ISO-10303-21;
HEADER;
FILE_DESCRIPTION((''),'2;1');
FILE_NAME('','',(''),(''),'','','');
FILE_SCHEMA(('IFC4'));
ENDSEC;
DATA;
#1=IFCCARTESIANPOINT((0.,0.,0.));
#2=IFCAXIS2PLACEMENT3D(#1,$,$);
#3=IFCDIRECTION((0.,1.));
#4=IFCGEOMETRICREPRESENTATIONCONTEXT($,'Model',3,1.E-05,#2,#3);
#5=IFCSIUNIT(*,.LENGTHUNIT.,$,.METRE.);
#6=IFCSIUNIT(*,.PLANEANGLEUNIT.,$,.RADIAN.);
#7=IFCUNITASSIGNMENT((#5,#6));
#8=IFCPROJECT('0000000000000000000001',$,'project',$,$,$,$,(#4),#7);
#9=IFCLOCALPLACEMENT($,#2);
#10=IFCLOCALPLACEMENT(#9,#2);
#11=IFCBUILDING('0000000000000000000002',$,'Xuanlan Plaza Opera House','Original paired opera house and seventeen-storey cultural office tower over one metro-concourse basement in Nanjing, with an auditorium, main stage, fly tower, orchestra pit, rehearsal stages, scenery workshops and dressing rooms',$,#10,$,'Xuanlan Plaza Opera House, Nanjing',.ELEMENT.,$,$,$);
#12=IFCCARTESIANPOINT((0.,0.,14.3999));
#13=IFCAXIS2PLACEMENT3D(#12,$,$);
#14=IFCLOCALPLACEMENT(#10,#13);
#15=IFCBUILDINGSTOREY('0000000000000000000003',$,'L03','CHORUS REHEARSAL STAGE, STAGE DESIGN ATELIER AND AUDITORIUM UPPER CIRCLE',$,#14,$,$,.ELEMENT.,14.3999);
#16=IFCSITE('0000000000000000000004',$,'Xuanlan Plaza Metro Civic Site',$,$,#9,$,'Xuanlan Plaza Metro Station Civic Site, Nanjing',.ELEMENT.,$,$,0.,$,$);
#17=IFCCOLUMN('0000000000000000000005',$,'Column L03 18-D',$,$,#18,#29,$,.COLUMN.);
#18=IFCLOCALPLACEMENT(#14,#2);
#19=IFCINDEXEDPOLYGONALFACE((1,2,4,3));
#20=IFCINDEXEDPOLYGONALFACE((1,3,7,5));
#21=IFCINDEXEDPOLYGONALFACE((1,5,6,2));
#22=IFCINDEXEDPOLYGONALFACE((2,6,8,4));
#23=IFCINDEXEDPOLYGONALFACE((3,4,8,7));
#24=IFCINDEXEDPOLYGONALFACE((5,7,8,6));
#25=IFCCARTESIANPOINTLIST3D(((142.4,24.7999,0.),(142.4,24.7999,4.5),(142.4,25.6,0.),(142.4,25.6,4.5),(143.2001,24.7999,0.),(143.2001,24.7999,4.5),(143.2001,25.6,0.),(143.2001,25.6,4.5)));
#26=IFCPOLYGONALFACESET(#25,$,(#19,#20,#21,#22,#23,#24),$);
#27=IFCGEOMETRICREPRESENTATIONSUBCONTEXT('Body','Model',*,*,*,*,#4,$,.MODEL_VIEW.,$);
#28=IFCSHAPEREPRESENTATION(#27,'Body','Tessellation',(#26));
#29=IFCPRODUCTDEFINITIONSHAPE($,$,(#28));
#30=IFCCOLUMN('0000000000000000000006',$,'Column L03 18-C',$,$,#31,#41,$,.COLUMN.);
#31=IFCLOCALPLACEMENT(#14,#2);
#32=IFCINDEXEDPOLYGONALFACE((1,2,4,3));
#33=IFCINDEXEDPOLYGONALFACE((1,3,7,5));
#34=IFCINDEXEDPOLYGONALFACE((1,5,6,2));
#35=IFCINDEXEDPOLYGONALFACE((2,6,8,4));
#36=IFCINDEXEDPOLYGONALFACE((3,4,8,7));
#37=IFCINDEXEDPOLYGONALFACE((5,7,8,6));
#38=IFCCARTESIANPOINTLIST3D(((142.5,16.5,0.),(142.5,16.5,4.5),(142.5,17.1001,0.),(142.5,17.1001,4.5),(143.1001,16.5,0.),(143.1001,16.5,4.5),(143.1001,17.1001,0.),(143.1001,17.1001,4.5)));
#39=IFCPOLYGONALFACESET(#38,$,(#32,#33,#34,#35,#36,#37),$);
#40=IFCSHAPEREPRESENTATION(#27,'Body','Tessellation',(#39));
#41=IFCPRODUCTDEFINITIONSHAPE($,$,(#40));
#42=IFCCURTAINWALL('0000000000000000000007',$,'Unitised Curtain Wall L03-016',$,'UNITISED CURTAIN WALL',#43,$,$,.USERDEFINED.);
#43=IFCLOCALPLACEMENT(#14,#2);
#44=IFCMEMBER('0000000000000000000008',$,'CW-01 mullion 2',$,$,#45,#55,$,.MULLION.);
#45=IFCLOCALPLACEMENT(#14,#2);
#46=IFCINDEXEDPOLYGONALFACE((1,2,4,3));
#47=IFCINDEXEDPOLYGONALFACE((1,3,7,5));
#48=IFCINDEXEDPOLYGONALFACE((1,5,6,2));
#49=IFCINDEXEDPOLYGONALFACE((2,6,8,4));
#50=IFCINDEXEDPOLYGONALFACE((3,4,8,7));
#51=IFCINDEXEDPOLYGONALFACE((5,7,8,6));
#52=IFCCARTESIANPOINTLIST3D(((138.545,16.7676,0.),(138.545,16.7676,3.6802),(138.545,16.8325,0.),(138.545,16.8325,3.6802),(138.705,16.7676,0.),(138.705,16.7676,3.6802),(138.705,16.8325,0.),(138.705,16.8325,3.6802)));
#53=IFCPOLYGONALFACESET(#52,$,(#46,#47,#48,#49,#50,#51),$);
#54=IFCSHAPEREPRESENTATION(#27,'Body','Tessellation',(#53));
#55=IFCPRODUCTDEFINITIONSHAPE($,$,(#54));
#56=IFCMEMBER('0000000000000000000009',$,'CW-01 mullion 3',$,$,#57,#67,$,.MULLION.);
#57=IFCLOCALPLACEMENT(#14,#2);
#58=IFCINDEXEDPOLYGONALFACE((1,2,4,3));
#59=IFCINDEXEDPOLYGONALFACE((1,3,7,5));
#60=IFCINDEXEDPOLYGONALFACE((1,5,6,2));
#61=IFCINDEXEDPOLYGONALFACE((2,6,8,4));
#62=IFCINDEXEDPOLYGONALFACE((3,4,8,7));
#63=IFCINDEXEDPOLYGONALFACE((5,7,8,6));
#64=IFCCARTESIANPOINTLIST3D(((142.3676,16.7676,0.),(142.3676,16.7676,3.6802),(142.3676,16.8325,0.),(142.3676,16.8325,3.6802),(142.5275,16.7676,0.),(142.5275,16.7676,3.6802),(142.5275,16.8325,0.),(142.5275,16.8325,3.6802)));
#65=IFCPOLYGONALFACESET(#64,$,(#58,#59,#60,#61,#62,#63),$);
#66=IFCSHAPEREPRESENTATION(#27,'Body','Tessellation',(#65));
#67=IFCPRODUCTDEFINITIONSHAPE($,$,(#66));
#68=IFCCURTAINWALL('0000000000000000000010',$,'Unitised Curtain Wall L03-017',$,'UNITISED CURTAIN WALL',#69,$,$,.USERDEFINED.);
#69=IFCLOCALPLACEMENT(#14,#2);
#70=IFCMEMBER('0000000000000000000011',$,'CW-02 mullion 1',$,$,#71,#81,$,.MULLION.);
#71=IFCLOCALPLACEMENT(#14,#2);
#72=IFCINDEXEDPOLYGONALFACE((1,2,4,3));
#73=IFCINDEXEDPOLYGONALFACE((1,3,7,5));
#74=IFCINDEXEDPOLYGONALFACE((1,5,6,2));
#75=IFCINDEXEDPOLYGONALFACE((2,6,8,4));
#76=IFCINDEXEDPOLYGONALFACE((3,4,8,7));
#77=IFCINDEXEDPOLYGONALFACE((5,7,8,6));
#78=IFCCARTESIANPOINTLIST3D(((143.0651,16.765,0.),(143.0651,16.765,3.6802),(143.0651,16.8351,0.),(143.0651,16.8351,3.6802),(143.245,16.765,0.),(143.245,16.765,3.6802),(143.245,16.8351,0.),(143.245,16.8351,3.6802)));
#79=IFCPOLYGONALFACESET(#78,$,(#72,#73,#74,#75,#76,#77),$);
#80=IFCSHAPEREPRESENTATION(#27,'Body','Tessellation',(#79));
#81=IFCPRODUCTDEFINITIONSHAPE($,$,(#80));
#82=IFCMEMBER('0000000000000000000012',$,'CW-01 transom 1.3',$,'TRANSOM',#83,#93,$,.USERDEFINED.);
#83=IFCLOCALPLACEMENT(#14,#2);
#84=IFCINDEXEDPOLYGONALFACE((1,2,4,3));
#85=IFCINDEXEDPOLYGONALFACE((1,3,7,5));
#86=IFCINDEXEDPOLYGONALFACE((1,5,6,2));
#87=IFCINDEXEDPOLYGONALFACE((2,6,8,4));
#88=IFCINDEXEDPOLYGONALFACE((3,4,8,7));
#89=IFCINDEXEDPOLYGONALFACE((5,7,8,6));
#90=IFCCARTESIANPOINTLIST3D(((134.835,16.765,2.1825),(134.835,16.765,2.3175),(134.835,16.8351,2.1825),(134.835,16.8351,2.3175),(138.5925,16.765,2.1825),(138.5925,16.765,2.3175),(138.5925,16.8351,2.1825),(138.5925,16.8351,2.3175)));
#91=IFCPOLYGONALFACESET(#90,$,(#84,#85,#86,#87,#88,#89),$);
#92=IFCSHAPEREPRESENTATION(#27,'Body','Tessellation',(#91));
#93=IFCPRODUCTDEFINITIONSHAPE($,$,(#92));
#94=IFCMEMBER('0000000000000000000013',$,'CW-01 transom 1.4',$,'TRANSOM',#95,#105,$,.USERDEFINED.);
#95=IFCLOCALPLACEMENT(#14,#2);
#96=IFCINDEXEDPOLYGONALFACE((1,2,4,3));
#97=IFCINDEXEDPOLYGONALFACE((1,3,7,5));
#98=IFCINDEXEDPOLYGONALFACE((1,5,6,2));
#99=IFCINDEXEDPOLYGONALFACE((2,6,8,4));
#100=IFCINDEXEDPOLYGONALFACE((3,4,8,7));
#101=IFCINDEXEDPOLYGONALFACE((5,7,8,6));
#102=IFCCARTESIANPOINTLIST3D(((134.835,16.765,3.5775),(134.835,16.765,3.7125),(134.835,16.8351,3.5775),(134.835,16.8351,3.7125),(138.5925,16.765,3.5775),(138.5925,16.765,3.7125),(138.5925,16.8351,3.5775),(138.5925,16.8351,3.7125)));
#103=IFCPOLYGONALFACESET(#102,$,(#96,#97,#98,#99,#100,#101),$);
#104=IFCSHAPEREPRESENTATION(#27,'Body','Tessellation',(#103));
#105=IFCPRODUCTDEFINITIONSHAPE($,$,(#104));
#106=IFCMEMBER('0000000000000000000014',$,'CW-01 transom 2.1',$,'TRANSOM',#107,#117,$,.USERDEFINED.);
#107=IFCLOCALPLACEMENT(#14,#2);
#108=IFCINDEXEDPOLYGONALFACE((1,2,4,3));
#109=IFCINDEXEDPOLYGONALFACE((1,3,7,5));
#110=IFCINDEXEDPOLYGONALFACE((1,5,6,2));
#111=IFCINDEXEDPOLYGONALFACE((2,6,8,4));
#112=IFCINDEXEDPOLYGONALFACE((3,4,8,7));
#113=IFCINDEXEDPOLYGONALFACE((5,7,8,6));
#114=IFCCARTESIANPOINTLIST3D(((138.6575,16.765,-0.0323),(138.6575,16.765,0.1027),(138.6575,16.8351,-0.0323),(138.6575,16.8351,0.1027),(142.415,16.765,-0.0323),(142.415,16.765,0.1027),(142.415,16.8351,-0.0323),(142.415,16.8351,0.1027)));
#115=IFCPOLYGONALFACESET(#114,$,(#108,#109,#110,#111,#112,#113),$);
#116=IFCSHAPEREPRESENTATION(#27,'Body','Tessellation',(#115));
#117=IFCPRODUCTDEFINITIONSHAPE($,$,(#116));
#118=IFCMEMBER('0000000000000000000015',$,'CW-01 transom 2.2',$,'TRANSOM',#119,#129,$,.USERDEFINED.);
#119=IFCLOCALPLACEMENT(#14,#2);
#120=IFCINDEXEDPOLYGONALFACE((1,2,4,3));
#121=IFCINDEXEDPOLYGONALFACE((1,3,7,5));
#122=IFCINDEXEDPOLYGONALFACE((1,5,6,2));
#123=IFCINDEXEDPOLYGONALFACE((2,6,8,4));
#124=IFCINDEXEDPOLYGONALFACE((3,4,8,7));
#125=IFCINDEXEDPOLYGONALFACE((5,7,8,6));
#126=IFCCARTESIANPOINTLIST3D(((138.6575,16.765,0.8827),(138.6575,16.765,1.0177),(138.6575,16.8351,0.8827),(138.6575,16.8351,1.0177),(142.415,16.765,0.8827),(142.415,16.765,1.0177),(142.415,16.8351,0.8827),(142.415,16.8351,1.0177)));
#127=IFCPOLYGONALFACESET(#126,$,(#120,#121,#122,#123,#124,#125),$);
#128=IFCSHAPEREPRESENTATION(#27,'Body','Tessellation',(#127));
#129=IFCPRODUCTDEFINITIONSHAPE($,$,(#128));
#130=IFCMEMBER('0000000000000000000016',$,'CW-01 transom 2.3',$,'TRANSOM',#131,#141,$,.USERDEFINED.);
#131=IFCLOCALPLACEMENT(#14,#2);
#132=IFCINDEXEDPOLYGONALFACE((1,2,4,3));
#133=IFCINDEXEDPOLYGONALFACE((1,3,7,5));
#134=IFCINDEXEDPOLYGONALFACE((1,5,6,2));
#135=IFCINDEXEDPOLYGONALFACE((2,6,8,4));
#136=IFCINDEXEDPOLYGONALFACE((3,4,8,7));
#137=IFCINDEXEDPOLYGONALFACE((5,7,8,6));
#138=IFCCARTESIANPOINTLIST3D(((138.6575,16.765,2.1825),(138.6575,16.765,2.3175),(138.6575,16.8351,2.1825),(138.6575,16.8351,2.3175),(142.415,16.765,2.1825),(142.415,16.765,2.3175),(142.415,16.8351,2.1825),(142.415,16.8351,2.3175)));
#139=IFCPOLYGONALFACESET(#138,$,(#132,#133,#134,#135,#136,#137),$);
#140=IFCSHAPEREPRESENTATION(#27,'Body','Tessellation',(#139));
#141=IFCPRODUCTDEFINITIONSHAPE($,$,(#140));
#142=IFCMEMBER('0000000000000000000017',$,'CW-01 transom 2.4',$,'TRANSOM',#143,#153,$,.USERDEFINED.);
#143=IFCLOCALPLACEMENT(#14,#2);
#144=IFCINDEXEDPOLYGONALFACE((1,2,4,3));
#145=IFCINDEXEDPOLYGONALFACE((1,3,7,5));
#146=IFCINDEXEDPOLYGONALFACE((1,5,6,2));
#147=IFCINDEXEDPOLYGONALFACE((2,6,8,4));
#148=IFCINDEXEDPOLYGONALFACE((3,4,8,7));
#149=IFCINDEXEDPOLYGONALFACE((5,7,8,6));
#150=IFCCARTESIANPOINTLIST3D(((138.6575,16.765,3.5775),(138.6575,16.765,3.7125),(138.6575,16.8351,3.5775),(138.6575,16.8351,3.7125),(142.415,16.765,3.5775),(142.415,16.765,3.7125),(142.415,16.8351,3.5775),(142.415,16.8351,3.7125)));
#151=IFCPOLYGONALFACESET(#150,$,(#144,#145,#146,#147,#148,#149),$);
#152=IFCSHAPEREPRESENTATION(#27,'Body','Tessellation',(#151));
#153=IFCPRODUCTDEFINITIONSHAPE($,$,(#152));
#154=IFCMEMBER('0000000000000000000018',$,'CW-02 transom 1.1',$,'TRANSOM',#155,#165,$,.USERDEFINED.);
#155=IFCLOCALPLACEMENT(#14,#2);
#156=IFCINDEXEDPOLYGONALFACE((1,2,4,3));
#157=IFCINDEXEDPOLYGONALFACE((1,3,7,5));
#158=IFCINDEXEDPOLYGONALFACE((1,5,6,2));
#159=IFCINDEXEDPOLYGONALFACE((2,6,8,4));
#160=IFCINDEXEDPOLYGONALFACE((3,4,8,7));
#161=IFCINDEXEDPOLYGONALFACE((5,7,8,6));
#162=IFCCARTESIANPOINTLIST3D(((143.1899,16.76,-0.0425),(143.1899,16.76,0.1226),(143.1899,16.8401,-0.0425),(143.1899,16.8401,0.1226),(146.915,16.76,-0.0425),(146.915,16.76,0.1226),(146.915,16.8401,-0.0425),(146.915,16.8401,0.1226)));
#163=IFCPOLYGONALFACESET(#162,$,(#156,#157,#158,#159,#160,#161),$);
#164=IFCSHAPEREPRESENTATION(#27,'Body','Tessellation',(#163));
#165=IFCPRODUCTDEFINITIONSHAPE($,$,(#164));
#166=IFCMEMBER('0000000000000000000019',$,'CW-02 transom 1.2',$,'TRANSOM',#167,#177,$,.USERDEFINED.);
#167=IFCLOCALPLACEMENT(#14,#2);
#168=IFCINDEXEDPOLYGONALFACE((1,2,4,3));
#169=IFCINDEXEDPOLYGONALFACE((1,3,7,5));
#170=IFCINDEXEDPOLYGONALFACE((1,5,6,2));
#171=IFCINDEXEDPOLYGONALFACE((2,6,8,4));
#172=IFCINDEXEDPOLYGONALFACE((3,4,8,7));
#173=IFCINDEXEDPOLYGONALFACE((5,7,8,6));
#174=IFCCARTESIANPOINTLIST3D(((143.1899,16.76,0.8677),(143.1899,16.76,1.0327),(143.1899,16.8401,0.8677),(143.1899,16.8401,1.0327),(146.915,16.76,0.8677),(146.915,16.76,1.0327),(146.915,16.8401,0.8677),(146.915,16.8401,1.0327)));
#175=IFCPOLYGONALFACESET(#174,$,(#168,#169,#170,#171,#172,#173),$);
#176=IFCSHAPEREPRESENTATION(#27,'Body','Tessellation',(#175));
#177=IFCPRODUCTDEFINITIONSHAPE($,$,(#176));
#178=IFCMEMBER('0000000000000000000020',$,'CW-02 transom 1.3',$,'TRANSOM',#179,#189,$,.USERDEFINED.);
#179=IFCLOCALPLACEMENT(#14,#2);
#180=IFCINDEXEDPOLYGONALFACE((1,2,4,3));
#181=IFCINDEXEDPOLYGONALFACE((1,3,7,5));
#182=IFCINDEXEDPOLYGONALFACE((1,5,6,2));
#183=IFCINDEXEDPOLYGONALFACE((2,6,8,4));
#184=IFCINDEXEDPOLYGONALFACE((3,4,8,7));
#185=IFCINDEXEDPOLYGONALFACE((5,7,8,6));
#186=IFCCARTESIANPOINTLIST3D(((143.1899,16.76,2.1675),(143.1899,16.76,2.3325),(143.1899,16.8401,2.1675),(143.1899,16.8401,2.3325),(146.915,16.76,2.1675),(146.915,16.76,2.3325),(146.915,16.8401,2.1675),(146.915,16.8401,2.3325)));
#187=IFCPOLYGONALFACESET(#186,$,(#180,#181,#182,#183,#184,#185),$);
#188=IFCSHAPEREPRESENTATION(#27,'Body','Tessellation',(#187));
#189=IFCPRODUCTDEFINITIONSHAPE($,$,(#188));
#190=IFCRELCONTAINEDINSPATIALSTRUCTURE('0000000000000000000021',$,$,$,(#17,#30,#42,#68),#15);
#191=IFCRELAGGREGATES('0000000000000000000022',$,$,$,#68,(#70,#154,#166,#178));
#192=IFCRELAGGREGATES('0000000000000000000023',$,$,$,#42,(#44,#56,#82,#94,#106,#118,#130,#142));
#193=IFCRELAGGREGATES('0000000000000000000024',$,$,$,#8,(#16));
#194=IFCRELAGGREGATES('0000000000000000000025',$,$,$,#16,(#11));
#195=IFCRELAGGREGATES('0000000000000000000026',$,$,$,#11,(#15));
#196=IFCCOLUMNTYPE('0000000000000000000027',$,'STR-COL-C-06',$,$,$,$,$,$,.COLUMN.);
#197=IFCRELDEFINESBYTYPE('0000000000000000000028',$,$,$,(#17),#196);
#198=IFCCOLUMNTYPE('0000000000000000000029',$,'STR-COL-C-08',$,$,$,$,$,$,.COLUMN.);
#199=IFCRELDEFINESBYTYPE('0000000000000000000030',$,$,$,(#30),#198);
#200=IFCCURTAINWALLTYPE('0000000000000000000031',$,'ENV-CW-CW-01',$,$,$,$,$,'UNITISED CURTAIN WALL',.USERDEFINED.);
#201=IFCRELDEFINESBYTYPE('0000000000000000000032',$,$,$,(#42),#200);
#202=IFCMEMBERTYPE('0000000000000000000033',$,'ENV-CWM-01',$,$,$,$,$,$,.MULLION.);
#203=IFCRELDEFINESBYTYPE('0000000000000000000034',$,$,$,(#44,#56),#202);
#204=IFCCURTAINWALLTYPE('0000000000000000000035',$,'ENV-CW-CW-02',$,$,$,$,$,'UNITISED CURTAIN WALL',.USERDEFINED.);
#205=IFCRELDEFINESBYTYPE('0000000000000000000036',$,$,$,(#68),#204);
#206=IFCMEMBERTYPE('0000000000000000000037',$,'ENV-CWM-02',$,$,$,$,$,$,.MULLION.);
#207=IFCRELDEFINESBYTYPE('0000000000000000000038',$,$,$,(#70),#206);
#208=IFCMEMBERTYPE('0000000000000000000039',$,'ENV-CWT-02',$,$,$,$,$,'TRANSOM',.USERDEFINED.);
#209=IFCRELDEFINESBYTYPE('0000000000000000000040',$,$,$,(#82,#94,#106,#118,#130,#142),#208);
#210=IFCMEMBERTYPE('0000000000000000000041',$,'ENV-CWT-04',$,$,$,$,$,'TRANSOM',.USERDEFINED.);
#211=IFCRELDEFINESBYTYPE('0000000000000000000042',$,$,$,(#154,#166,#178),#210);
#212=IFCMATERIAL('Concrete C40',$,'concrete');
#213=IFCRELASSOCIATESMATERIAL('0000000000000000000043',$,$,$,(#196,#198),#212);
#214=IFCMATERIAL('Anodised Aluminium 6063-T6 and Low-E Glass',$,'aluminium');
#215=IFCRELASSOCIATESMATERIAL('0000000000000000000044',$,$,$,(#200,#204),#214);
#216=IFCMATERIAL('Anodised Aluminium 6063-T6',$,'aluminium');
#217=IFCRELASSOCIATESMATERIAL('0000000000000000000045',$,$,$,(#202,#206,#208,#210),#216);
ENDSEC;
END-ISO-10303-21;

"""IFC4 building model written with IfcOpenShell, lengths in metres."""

from ifc_helpers import new_model, si_unit, direction, frame, origin, origin_2d, place, context, subcontext, project, spatial, rectangle, extrude, material, material_profile, profile_set, type_object, element, aggregate, save


model = new_model("IFC4")

# Units and contexts
model_context = context("Model", 3, precision=1e-05, world=origin(), true_north=direction((0.0, 1.0)))
body_context = subcontext(model_context, "Body", "Model", "MODEL_VIEW")
ifc_project = project(units=[si_unit("LENGTHUNIT", "METRE"), si_unit("PLANEANGLEUNIT", "RADIAN")], contexts=[model_context])

# Site, building, storey
site_placement = place(None, origin())
site = spatial("IfcSite", under=ifc_project, at=site_placement, Name="Xuanlan Plaza Metro Civic Site", LongName="Xuanlan Plaza Metro Station Civic Site, Nanjing", CompositionType="ELEMENT", RefElevation=0.0)
building_placement = place(site_placement, origin())
building = spatial("IfcBuilding", under=site, at=building_placement, Name="Xuanlan Plaza Opera House", Description="Original paired opera house and seventeen-storey cultural office tower over one metro-concourse basement in Nanjing, with an auditorium, main stage, fly tower, orchestra pit, rehearsal stages, scenery workshops and dressing rooms", LongName="Xuanlan Plaza Opera House, Nanjing", CompositionType="ELEMENT")
storey_placement = place(building_placement, frame((0.0, 0.0, 14.3999)))
storey = spatial("IfcBuildingStorey", under=building, at=storey_placement, Name="L03", Description="CHORUS REHEARSAL STAGE, STAGE DESIGN ATELIER AND AUDITORIUM UPPER CIRCLE", CompositionType="ELEMENT", Elevation=14.3999)

# Columns
ifc_material_1 = material(Name="Concrete C40", Category="concrete")
ifc_material_profile_1 = material_profile(ifc_material_1, rectangle(XDim=0.8, YDim=0.8, at=origin_2d()), Name="RC-COL 800x800")
ifc_profile_set_1 = profile_set([ifc_material_profile_1], Name="Concrete C40")
column_type_1 = type_object("IfcColumnType", Name="STR-COL-C-06", PredefinedType="COLUMN", material=ifc_profile_set_1)
column_1_placement = place(storey_placement, frame((142.8, 25.2, 0.0), z_axis=(0.0, 0.0, 1.0), x_axis=(1.0, 0.0, 0.0)))
element("IfcColumn", 1, at=column_1_placement, inside=storey, type_object=column_type_1, Name="Column L03 18-D", PredefinedType="COLUMN", context=body_context, shape_type="SweptSolid", body=[
    extrude(rectangle(XDim=0.8, YDim=0.8, at=origin_2d()), origin(), (0.0, 0.0, 1.0), 4.5),
])
ifc_material_profile_2 = material_profile(ifc_material_1, rectangle(XDim=0.6001, YDim=0.6001, at=origin_2d()), Name="RC-COL 600x600")
ifc_profile_set_2 = profile_set([ifc_material_profile_2], Name="Concrete C40")
column_type_2 = type_object("IfcColumnType", Name="STR-COL-C-08", PredefinedType="COLUMN", material=ifc_profile_set_2)
column_2_placement = place(storey_placement, frame((142.8, 16.8, 0.0), z_axis=(0.0, 0.0, 1.0), x_axis=(1.0, 0.0, 0.0)))
element("IfcColumn", 2, at=column_2_placement, inside=storey, type_object=column_type_2, Name="Column L03 18-C", PredefinedType="COLUMN", context=body_context, shape_type="SweptSolid", body=[
    extrude(rectangle(XDim=0.6001, YDim=0.6001, at=origin_2d()), origin(), (0.0, 0.0, 1.0), 4.5),
])

# Curtain wall, members
ifc_material_2 = material(Name="Anodised Aluminium 6063-T6 and Low-E Glass", Category="aluminium")
curtain_wall_type_1 = type_object("IfcCurtainWallType", Name="ENV-CW-CW-01", ElementType="UNITISED CURTAIN WALL", PredefinedType="USERDEFINED", material=ifc_material_2)
curtain_wall_1_placement = place(storey_placement, origin())
curtain_wall_1 = element("IfcCurtainWall", 3, at=curtain_wall_1_placement, inside=storey, type_object=curtain_wall_type_1, Name="Unitised Curtain Wall L03-016", ObjectType="UNITISED CURTAIN WALL", PredefinedType="USERDEFINED")
ifc_material_3 = material(Name="Anodised Aluminium 6063-T6", Category="aluminium")
ifc_material_profile_3 = material_profile(ifc_material_3, rectangle(XDim=0.0649, YDim=0.1599, at=origin_2d()), Name="ALU-M 65x160")
ifc_profile_set_3 = profile_set([ifc_material_profile_3], Name="Anodised Aluminium 6063-T6")
member_type_1 = type_object("IfcMemberType", Name="ENV-CWM-01", PredefinedType="MULLION", material=ifc_profile_set_3)
member_1_placement = place(storey_placement, frame((138.625, 16.8, 0.0), z_axis=(0.0, 0.0, 1.0), x_axis=(0.0, 1.0, 0.0)))
member_1 = element("IfcMember", 4, at=member_1_placement, type_object=member_type_1, Name="CW-01 mullion 2", PredefinedType="MULLION", context=body_context, shape_type="SweptSolid", body=[
    extrude(rectangle(XDim=0.0649, YDim=0.1599, at=origin_2d()), origin(), (0.0, 0.0, 1.0), 3.6802),
])
member_2_placement = place(storey_placement, frame((142.4475, 16.8, 0.0), z_axis=(0.0, 0.0, 1.0), x_axis=(0.0, 1.0, 0.0)))
member_2 = element("IfcMember", 5, at=member_2_placement, type_object=member_type_1, Name="CW-01 mullion 3", PredefinedType="MULLION", context=body_context, shape_type="SweptSolid", body=[
    extrude(rectangle(XDim=0.0649, YDim=0.1599, at=origin_2d()), origin(), (0.0, 0.0, 1.0), 3.6802),
])

# Curtain wall, member
curtain_wall_type_2 = type_object("IfcCurtainWallType", Name="ENV-CW-CW-02", ElementType="UNITISED CURTAIN WALL", PredefinedType="USERDEFINED", material=ifc_material_2)
curtain_wall_2_placement = place(storey_placement, origin())
curtain_wall_2 = element("IfcCurtainWall", 6, at=curtain_wall_2_placement, inside=storey, type_object=curtain_wall_type_2, Name="Unitised Curtain Wall L03-017", ObjectType="UNITISED CURTAIN WALL", PredefinedType="USERDEFINED")
ifc_material_profile_4 = material_profile(ifc_material_3, rectangle(XDim=0.0701, YDim=0.1799, at=origin_2d()), Name="ALU-M 70x180")
ifc_profile_set_4 = profile_set([ifc_material_profile_4], Name="Anodised Aluminium 6063-T6")
member_type_2 = type_object("IfcMemberType", Name="ENV-CWM-02", PredefinedType="MULLION", material=ifc_profile_set_4)
member_3_placement = place(storey_placement, frame((143.155, 16.8, 0.0), z_axis=(0.0, 0.0, 1.0), x_axis=(0.0, 1.0, 0.0)))
member_3 = element("IfcMember", 7, at=member_3_placement, type_object=member_type_2, Name="CW-02 mullion 1", PredefinedType="MULLION", context=body_context, shape_type="SweptSolid", body=[
    extrude(rectangle(XDim=0.0701, YDim=0.1799, at=origin_2d()), origin(), (0.0, 0.0, 1.0), 3.6802),
])

# Members
ifc_material_profile_5 = material_profile(ifc_material_3, rectangle(XDim=0.0701, YDim=0.135, at=origin_2d()), Name="ALU-T 70x135")
ifc_profile_set_5 = profile_set([ifc_material_profile_5], Name="Anodised Aluminium 6063-T6")
member_type_3 = type_object("IfcMemberType", Name="ENV-CWT-02", ElementType="TRANSOM", PredefinedType="USERDEFINED", material=ifc_profile_set_5)
member_4_placement = place(storey_placement, frame((134.835, 16.8, 2.25), z_axis=(1.0, 0.0, 0.0), x_axis=(0.0, 1.0, 0.0)))
member_4 = element("IfcMember", 8, at=member_4_placement, type_object=member_type_3, Name="CW-01 transom 1.3", ObjectType="TRANSOM", PredefinedType="USERDEFINED", context=body_context, shape_type="SweptSolid", body=[
    extrude(rectangle(XDim=0.0701, YDim=0.135, at=origin_2d()), origin(), (0.0, 0.0, 1.0), 3.7576),
])
member_5_placement = place(storey_placement, frame((134.835, 16.8, 3.645), z_axis=(1.0, 0.0, 0.0), x_axis=(0.0, 1.0, 0.0)))
member_5 = element("IfcMember", 9, at=member_5_placement, type_object=member_type_3, Name="CW-01 transom 1.4", ObjectType="TRANSOM", PredefinedType="USERDEFINED", context=body_context, shape_type="SweptSolid", body=[
    extrude(rectangle(XDim=0.0701, YDim=0.135, at=origin_2d()), origin(), (0.0, 0.0, 1.0), 3.7576),
])
member_6_placement = place(storey_placement, frame((138.6575, 16.8, 0.0352), z_axis=(1.0, 0.0, 0.0), x_axis=(0.0, 1.0, 0.0)))
member_6 = element("IfcMember", 10, at=member_6_placement, type_object=member_type_3, Name="CW-01 transom 2.1", ObjectType="TRANSOM", PredefinedType="USERDEFINED", context=body_context, shape_type="SweptSolid", body=[
    extrude(rectangle(XDim=0.0701, YDim=0.135, at=origin_2d()), origin(), (0.0, 0.0, 1.0), 3.7576),
])
member_7_placement = place(storey_placement, frame((138.6575, 16.8, 0.9502), z_axis=(1.0, 0.0, 0.0), x_axis=(0.0, 1.0, 0.0)))
member_7 = element("IfcMember", 11, at=member_7_placement, type_object=member_type_3, Name="CW-01 transom 2.2", ObjectType="TRANSOM", PredefinedType="USERDEFINED", context=body_context, shape_type="SweptSolid", body=[
    extrude(rectangle(XDim=0.0701, YDim=0.135, at=origin_2d()), origin(), (0.0, 0.0, 1.0), 3.7576),
])
member_8_placement = place(storey_placement, frame((138.6575, 16.8, 2.25), z_axis=(1.0, 0.0, 0.0), x_axis=(0.0, 1.0, 0.0)))
member_8 = element("IfcMember", 12, at=member_8_placement, type_object=member_type_3, Name="CW-01 transom 2.3", ObjectType="TRANSOM", PredefinedType="USERDEFINED", context=body_context, shape_type="SweptSolid", body=[
    extrude(rectangle(XDim=0.0701, YDim=0.135, at=origin_2d()), origin(), (0.0, 0.0, 1.0), 3.7576),
])
member_9_placement = place(storey_placement, frame((138.6575, 16.8, 3.645), z_axis=(1.0, 0.0, 0.0), x_axis=(0.0, 1.0, 0.0)))
member_9 = element("IfcMember", 13, at=member_9_placement, type_object=member_type_3, Name="CW-01 transom 2.4", ObjectType="TRANSOM", PredefinedType="USERDEFINED", context=body_context, shape_type="SweptSolid", body=[
    extrude(rectangle(XDim=0.0701, YDim=0.135, at=origin_2d()), origin(), (0.0, 0.0, 1.0), 3.7576),
])
ifc_material_profile_6 = material_profile(ifc_material_3, rectangle(XDim=0.0801, YDim=0.165, at=origin_2d()), Name="ALU-T 80x165")
ifc_profile_set_6 = profile_set([ifc_material_profile_6], Name="Anodised Aluminium 6063-T6")
member_type_4 = type_object("IfcMemberType", Name="ENV-CWT-04", ElementType="TRANSOM", PredefinedType="USERDEFINED", material=ifc_profile_set_6)
member_10_placement = place(storey_placement, frame((143.1899, 16.8, 0.04), z_axis=(1.0, 0.0, 0.0), x_axis=(0.0, 1.0, 0.0)))
member_10 = element("IfcMember", 14, at=member_10_placement, type_object=member_type_4, Name="CW-02 transom 1.1", ObjectType="TRANSOM", PredefinedType="USERDEFINED", context=body_context, shape_type="SweptSolid", body=[
    extrude(rectangle(XDim=0.0801, YDim=0.165, at=origin_2d()), origin(), (0.0, 0.0, 1.0), 3.7251),
])
member_11_placement = place(storey_placement, frame((143.1899, 16.8, 0.9502), z_axis=(1.0, 0.0, 0.0), x_axis=(0.0, 1.0, 0.0)))
member_11 = element("IfcMember", 15, at=member_11_placement, type_object=member_type_4, Name="CW-02 transom 1.2", ObjectType="TRANSOM", PredefinedType="USERDEFINED", context=body_context, shape_type="SweptSolid", body=[
    extrude(rectangle(XDim=0.0801, YDim=0.165, at=origin_2d()), origin(), (0.0, 0.0, 1.0), 3.7251),
])
member_12_placement = place(storey_placement, frame((143.1899, 16.8, 2.25), z_axis=(1.0, 0.0, 0.0), x_axis=(0.0, 1.0, 0.0)))
member_12 = element("IfcMember", 16, at=member_12_placement, type_object=member_type_4, Name="CW-02 transom 1.3", ObjectType="TRANSOM", PredefinedType="USERDEFINED", context=body_context, shape_type="SweptSolid", body=[
    extrude(rectangle(XDim=0.0801, YDim=0.165, at=origin_2d()), origin(), (0.0, 0.0, 1.0), 3.7251),
])

aggregate(curtain_wall_2, [member_3, member_10, member_11, member_12])
aggregate(curtain_wall_1, [member_1, member_2, member_4, member_5, member_6, member_7, member_8, member_9])

save(model, "model.ifc")
